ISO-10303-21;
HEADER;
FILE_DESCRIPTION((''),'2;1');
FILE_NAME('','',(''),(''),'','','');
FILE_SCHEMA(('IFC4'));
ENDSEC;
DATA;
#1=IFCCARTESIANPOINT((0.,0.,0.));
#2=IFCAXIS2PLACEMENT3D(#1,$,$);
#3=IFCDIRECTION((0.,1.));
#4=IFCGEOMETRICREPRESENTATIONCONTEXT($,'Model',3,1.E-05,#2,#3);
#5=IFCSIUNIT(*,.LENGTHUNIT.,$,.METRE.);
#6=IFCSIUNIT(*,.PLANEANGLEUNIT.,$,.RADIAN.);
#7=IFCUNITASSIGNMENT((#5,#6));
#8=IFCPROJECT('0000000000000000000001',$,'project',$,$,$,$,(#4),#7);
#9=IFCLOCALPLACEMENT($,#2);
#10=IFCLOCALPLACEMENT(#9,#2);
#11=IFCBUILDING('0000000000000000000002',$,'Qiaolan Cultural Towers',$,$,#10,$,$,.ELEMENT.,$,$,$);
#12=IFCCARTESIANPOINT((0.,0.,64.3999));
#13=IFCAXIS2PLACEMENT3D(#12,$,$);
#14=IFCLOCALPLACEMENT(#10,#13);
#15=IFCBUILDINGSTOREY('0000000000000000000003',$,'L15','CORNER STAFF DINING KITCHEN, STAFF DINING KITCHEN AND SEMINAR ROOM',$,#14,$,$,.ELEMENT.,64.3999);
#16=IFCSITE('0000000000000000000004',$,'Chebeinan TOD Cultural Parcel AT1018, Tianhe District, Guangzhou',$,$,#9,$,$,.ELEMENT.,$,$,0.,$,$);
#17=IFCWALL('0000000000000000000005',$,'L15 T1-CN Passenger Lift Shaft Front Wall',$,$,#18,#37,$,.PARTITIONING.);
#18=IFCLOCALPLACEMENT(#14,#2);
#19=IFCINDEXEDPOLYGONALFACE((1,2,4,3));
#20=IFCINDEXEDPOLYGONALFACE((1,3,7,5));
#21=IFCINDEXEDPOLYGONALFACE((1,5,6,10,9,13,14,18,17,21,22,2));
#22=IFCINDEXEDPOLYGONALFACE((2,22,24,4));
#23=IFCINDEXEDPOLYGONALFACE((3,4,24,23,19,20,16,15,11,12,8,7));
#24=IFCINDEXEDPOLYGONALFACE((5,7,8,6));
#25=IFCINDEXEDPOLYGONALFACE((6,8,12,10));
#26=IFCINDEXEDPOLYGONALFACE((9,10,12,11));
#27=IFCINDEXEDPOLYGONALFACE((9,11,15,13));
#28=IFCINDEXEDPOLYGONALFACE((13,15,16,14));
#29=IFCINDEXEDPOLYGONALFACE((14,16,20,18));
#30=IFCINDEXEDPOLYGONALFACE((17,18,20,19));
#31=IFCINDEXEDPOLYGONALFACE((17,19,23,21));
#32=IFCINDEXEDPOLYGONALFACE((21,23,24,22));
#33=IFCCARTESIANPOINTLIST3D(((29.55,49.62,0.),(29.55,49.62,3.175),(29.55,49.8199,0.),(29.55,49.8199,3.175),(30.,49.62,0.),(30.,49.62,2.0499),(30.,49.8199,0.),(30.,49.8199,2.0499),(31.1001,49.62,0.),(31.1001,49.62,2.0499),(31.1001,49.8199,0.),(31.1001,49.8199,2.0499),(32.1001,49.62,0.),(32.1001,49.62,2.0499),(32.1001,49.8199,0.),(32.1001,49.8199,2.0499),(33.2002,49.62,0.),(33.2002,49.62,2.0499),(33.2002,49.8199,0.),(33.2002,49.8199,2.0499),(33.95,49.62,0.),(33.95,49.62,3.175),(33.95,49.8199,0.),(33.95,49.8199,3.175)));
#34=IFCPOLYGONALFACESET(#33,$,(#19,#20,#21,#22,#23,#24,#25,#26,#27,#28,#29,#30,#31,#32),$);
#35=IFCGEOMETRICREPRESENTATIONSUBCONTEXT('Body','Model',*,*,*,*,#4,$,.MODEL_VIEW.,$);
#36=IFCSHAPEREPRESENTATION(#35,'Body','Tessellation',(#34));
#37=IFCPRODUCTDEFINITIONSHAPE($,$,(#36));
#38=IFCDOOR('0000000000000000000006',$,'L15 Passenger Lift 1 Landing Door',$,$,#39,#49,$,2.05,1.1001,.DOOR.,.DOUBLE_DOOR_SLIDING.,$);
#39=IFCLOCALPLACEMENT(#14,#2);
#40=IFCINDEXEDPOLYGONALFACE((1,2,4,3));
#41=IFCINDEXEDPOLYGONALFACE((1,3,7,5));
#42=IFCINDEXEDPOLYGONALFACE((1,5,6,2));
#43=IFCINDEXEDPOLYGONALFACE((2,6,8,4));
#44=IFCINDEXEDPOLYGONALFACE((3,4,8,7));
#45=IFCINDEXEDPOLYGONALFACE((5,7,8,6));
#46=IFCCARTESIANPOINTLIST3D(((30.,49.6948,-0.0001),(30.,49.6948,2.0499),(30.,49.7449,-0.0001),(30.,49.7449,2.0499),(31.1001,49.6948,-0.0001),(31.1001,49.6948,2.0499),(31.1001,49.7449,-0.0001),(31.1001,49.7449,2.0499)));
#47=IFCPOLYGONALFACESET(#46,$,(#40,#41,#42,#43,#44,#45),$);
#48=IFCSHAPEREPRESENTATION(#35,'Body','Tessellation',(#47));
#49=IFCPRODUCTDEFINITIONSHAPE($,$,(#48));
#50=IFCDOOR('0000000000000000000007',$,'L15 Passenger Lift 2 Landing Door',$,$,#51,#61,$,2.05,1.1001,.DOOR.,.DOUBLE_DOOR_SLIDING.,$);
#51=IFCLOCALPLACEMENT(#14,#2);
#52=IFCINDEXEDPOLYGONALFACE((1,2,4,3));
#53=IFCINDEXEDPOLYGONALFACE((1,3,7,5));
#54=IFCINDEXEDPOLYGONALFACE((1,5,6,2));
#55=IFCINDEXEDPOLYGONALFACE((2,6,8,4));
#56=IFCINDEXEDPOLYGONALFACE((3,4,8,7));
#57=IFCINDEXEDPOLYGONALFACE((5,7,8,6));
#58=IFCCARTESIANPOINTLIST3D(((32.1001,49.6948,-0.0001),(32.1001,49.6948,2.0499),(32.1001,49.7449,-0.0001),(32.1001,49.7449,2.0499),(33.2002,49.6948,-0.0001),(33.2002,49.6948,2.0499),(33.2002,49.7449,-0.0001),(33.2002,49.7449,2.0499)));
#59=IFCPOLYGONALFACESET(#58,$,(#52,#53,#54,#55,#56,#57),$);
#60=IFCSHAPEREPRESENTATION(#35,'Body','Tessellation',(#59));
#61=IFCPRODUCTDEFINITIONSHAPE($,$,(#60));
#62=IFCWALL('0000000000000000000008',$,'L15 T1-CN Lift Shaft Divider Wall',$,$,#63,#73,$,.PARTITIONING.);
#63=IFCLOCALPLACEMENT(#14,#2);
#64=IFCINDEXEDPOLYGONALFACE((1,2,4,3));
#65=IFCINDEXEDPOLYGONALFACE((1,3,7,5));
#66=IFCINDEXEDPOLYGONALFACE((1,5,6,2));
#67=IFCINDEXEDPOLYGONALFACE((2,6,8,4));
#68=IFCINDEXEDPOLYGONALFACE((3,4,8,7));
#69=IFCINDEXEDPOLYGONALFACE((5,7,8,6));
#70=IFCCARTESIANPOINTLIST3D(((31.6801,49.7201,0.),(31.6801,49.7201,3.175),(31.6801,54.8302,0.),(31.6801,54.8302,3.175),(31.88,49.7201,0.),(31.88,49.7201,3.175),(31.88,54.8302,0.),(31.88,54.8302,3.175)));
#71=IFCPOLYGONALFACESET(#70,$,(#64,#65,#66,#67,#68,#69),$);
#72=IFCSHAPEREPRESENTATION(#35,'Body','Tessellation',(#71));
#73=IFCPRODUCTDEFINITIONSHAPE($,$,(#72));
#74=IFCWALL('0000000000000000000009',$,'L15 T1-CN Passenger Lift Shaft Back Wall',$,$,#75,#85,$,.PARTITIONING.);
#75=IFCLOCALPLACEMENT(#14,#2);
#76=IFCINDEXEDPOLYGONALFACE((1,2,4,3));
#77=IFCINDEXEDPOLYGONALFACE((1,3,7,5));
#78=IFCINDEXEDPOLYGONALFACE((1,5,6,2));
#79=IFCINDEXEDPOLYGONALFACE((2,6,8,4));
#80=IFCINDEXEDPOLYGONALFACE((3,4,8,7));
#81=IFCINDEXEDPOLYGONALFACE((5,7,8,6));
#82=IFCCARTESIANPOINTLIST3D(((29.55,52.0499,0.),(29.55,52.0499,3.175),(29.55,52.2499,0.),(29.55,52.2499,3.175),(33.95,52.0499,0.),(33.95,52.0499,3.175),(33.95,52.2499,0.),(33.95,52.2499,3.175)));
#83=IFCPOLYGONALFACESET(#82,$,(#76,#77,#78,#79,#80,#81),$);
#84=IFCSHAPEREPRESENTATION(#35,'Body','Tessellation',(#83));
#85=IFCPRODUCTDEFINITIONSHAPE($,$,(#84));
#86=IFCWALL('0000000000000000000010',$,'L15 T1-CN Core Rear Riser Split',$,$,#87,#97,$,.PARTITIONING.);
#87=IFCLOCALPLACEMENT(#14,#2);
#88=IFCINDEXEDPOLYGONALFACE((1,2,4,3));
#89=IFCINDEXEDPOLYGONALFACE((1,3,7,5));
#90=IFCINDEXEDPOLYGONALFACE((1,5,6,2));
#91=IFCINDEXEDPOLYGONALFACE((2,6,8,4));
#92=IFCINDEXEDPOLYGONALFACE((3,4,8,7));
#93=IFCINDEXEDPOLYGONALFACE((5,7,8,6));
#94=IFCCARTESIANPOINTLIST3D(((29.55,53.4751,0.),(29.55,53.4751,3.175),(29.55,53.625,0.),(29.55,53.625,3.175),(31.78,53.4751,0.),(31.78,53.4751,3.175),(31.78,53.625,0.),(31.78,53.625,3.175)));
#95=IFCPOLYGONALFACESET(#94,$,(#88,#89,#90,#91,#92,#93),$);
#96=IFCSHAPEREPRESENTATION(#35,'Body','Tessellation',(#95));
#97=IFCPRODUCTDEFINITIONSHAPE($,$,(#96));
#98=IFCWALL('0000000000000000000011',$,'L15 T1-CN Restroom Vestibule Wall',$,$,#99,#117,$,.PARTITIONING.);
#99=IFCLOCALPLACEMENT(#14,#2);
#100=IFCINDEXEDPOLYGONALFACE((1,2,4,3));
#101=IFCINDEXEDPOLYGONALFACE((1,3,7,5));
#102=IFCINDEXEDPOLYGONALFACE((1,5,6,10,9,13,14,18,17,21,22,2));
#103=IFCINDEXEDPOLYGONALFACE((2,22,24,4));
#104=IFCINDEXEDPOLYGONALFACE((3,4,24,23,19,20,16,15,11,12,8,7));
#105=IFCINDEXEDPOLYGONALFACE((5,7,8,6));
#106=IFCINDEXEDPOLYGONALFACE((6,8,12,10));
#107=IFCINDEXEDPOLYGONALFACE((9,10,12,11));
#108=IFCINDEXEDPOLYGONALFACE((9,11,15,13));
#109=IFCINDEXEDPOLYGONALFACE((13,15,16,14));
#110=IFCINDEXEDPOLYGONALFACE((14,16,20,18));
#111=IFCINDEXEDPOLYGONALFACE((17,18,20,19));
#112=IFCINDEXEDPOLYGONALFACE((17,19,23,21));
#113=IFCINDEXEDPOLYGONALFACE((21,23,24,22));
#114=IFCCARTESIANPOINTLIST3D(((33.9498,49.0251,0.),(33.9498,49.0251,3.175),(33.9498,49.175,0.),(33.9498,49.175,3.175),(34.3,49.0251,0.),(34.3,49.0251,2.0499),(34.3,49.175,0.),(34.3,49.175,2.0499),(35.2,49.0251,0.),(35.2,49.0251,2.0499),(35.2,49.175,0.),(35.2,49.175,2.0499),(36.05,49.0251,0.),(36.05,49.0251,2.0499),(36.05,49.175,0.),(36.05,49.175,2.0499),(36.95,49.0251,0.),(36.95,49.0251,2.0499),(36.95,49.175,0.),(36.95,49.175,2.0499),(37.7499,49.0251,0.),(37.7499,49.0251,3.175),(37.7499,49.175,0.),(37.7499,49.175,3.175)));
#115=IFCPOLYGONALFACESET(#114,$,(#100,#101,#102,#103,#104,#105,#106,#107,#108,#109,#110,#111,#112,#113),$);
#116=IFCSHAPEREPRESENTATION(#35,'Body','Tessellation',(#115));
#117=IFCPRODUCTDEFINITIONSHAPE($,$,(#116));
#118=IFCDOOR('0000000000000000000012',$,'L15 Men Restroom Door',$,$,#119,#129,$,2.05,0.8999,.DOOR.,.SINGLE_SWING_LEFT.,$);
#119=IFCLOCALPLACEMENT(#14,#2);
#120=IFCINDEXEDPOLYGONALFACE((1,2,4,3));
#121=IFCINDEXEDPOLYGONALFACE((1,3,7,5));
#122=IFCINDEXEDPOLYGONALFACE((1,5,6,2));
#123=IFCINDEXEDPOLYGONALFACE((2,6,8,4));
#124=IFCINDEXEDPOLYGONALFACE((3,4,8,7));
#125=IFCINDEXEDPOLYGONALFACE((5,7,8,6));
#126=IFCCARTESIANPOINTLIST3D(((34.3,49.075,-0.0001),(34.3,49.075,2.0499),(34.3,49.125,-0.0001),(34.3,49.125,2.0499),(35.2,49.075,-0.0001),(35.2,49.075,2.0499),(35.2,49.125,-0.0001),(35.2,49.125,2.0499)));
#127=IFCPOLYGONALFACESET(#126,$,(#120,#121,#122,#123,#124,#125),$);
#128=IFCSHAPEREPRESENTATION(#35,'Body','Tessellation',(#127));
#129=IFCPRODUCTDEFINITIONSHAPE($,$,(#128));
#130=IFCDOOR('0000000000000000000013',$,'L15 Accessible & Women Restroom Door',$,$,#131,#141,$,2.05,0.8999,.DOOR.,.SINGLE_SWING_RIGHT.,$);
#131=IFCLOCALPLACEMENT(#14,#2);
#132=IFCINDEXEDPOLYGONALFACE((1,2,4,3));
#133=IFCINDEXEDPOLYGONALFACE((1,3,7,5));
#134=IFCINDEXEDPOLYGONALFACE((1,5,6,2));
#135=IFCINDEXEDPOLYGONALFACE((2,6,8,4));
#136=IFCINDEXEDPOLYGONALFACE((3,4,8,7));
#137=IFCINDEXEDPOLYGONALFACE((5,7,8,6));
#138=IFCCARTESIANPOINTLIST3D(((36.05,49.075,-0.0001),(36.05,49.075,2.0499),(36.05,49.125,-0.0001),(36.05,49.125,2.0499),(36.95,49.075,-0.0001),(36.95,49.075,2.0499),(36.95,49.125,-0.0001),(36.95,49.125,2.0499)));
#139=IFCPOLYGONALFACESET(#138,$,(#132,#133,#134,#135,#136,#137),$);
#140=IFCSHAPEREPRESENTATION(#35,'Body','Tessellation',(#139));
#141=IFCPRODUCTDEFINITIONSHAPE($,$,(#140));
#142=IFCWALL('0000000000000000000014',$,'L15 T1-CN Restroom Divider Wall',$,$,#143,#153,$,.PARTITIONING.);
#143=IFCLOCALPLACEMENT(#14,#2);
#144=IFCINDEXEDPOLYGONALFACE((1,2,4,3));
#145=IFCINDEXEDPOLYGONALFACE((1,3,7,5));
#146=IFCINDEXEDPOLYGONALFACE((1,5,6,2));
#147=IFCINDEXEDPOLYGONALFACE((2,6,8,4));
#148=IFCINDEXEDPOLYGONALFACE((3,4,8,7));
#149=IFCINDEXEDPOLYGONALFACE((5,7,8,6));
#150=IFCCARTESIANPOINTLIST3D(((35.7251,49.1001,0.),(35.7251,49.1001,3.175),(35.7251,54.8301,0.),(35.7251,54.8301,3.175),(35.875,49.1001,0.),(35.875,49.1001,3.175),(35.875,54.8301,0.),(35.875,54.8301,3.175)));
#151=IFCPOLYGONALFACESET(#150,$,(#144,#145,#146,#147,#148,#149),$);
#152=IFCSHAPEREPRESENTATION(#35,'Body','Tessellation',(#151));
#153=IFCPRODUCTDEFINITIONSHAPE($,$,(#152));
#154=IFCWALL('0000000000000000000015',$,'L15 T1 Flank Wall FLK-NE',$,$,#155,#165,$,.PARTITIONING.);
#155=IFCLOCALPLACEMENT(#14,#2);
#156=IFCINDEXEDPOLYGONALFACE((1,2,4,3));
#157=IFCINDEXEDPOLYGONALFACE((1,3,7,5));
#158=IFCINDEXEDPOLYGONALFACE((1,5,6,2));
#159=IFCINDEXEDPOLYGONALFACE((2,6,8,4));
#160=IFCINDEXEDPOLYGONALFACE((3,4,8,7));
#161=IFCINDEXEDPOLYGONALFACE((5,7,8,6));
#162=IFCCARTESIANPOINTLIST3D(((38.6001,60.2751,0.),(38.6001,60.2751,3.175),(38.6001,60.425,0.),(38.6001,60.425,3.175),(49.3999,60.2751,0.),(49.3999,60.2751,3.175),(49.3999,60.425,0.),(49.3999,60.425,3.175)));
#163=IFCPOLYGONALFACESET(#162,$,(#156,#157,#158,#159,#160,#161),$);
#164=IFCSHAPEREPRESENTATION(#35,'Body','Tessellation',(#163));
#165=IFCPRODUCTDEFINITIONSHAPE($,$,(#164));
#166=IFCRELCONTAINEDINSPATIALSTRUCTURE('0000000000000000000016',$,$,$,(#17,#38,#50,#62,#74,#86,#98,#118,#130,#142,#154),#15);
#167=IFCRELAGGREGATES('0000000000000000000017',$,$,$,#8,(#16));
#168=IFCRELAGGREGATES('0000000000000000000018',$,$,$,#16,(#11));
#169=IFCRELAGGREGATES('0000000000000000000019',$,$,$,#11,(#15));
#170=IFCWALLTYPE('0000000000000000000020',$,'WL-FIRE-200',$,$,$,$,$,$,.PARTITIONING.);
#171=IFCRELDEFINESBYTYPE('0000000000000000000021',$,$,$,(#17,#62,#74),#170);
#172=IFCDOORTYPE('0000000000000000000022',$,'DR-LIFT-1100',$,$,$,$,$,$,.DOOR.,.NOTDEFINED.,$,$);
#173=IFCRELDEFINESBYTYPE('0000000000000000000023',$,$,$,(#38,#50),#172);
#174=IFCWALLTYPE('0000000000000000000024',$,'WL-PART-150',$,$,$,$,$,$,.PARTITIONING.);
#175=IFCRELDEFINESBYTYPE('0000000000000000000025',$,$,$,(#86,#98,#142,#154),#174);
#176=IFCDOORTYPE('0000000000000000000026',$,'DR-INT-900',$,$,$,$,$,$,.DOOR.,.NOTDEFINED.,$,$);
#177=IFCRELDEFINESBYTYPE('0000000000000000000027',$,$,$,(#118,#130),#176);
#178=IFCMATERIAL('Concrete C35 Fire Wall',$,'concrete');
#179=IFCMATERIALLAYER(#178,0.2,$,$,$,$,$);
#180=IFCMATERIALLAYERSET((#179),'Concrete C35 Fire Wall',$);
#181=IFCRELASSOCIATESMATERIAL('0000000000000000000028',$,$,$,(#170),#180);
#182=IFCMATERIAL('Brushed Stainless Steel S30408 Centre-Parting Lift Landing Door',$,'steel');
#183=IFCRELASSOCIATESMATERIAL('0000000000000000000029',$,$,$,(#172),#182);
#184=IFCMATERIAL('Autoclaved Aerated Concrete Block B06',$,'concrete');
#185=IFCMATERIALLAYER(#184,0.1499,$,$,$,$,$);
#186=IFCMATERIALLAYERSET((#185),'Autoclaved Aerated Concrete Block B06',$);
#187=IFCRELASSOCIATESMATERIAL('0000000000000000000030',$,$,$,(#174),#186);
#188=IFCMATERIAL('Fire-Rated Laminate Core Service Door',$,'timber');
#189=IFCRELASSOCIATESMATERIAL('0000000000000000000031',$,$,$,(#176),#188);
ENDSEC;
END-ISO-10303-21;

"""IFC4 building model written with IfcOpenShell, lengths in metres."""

from ifc_helpers import new_model, si_unit, direction, frame, frame_2d, origin, place, context, subcontext, project, spatial, rectangle, extrude, material, layer, layer_set, type_object, element, fill, save


model = new_model("IFC4")

# Units and contexts
model_context = context("Model", 3, precision=1e-05, world=origin(), true_north=direction((0.0, 1.0)))
body_context = subcontext(model_context, "Body", "Model", "MODEL_VIEW")
ifc_project = project(units=[si_unit("LENGTHUNIT", "METRE"), si_unit("PLANEANGLEUNIT", "RADIAN")], contexts=[model_context])

# Site, building, storey
site_placement = place(None, origin())
site = spatial("IfcSite", under=ifc_project, at=site_placement, Name="Chebeinan TOD Cultural Parcel AT1018, Tianhe District, Guangzhou", CompositionType="ELEMENT", RefElevation=0.0)
building_placement = place(site_placement, origin())
building = spatial("IfcBuilding", under=site, at=building_placement, Name="Qiaolan Cultural Towers", CompositionType="ELEMENT")
storey_placement = place(building_placement, frame((0.0, 0.0, 64.3999)))
storey = spatial("IfcBuildingStorey", under=building, at=storey_placement, Name="L15", Description="CORNER STAFF DINING KITCHEN, STAFF DINING KITCHEN AND SEMINAR ROOM", CompositionType="ELEMENT", Elevation=64.3999)

# Shared definitions
ifc_material_1 = material(Name="Concrete C35 Fire Wall", Category="concrete")
ifc_layer_1 = layer(ifc_material_1, 0.2)
ifc_layer_set_1 = layer_set([ifc_layer_1], Name="Concrete C35 Fire Wall")
wall_type_1 = type_object("IfcWallType", Name="WL-FIRE-200", PredefinedType="PARTITIONING", material=ifc_layer_set_1)
ifc_material_2 = material(Name="Brushed Stainless Steel S30408 Centre-Parting Lift Landing Door", Category="steel")
door_type_1 = type_object("IfcDoorType", Name="DR-LIFT-1100", OperationType="NOTDEFINED", PredefinedType="DOOR", material=ifc_material_2)

# Wall, openings, doors
wall_1_placement = place(storey_placement, frame((29.55, 49.72, 0.0), z_axis=(0.0, 0.0, 1.0), x_axis=(1.0, 0.0, 0.0)))
wall_1 = element("IfcWall", 1, at=wall_1_placement, inside=storey, type_object=wall_type_1, Name="L15 T1-CN Passenger Lift Shaft Front Wall", PredefinedType="PARTITIONING", context=body_context, shape_type="SweptSolid", body=[
    extrude(rectangle(XDim=4.3999, YDim=0.2, at=frame_2d((2.2, 0.0))), origin(), (0.0, 0.0, 1.0), 3.175),
])
opening_1_placement = place(wall_1_placement, frame((0.45, 0.0, 0.0)))
opening_1 = element("IfcOpeningElement", 2, at=opening_1_placement, cuts=wall_1, PredefinedType="OPENING", context=body_context, shape_type="SweptSolid", body=[
    extrude(rectangle(XDim=1.1001, YDim=2.05, at=frame_2d((0.55, 1.0249))), frame((0.0, 0.1099, 0.0), z_axis=(0.0, -1.0, 0.0), x_axis=(1.0, 0.0, 0.0)), (0.0, 0.0, 1.0), 0.22),
])
opening_2_placement = place(wall_1_placement, frame((2.55, 0.0, 0.0)))
opening_2 = element("IfcOpeningElement", 3, at=opening_2_placement, cuts=wall_1, PredefinedType="OPENING", context=body_context, shape_type="SweptSolid", body=[
    extrude(rectangle(XDim=1.1001, YDim=2.05, at=frame_2d((0.55, 1.0249))), frame((0.0, 0.1099, 0.0), z_axis=(0.0, -1.0, 0.0), x_axis=(1.0, 0.0, 0.0)), (0.0, 0.0, 1.0), 0.22),
])
door_1_placement = place(opening_1_placement, origin())
door_1 = element("IfcDoor", 4, at=door_1_placement, inside=storey, type_object=door_type_1, Name="L15 Passenger Lift 1 Landing Door", OperationType="DOUBLE_DOOR_SLIDING", OverallHeight=2.05, OverallWidth=1.1001, PredefinedType="DOOR", context=body_context, shape_type="SweptSolid", body=[
    extrude(rectangle(XDim=1.1001, YDim=2.05, at=frame_2d((0.55, 1.0249))), frame((0.0, 0.0249, 0.0), z_axis=(0.0, -1.0, 0.0), x_axis=(1.0, 0.0, 0.0)), (0.0, 0.0, 1.0), 0.05),
])
fill(opening_1, door_1)
door_2_placement = place(opening_2_placement, origin())
door_2 = element("IfcDoor", 5, at=door_2_placement, inside=storey, type_object=door_type_1, Name="L15 Passenger Lift 2 Landing Door", OperationType="DOUBLE_DOOR_SLIDING", OverallHeight=2.05, OverallWidth=1.1001, PredefinedType="DOOR", context=body_context, shape_type="SweptSolid", body=[
    extrude(rectangle(XDim=1.1001, YDim=2.05, at=frame_2d((0.55, 1.0249))), frame((0.0, 0.0249, 0.0), z_axis=(0.0, -1.0, 0.0), x_axis=(1.0, 0.0, 0.0)), (0.0, 0.0, 1.0), 0.05),
])
fill(opening_2, door_2)

# Walls
wall_2_placement = place(storey_placement, frame((31.78, 49.72, 0.0), z_axis=(0.0, 0.0, 1.0), x_axis=(0.0, 1.0, 0.0)))
element("IfcWall", 6, at=wall_2_placement, inside=storey, type_object=wall_type_1, Name="L15 T1-CN Lift Shaft Divider Wall", PredefinedType="PARTITIONING", context=body_context, shape_type="SweptSolid", body=[
    extrude(rectangle(XDim=5.1101, YDim=0.2, at=frame_2d((2.5552, 0.0))), origin(), (0.0, 0.0, 1.0), 3.175),
])
wall_3_placement = place(storey_placement, frame((29.55, 52.1499, 0.0), z_axis=(0.0, 0.0, 1.0), x_axis=(1.0, 0.0, 0.0)))
element("IfcWall", 7, at=wall_3_placement, inside=storey, type_object=wall_type_1, Name="L15 T1-CN Passenger Lift Shaft Back Wall", PredefinedType="PARTITIONING", context=body_context, shape_type="SweptSolid", body=[
    extrude(rectangle(XDim=4.3999, YDim=0.2, at=frame_2d((2.2, 0.0))), origin(), (0.0, 0.0, 1.0), 3.175),
])
ifc_material_3 = material(Name="Autoclaved Aerated Concrete Block B06", Category="concrete")
ifc_layer_2 = layer(ifc_material_3, 0.1499)
ifc_layer_set_2 = layer_set([ifc_layer_2], Name="Autoclaved Aerated Concrete Block B06")
wall_type_2 = type_object("IfcWallType", Name="WL-PART-150", PredefinedType="PARTITIONING", material=ifc_layer_set_2)
wall_4_placement = place(storey_placement, frame((29.55, 53.55, 0.0), z_axis=(0.0, 0.0, 1.0), x_axis=(1.0, 0.0, 0.0)))
element("IfcWall", 8, at=wall_4_placement, inside=storey, type_object=wall_type_2, Name="L15 T1-CN Core Rear Riser Split", PredefinedType="PARTITIONING", context=body_context, shape_type="SweptSolid", body=[
    extrude(rectangle(XDim=2.23, YDim=0.1499, at=frame_2d((1.115, 0.0))), origin(), (0.0, 0.0, 1.0), 3.175),
])

# Wall, openings, doors
wall_5_placement = place(storey_placement, frame((33.95, 49.1001, 0.0), z_axis=(0.0, 0.0, 1.0), x_axis=(1.0, 0.0, 0.0)))
wall_5 = element("IfcWall", 9, at=wall_5_placement, inside=storey, type_object=wall_type_2, Name="L15 T1-CN Restroom Vestibule Wall", PredefinedType="PARTITIONING", context=body_context, shape_type="SweptSolid", body=[
    extrude(rectangle(XDim=3.8, YDim=0.1499, at=frame_2d((1.8999, 0.0))), origin(), (0.0, 0.0, 1.0), 3.175),
])
opening_3_placement = place(wall_5_placement, frame((0.3501, 0.0, 0.0)))
opening_3 = element("IfcOpeningElement", 10, at=opening_3_placement, cuts=wall_5, PredefinedType="OPENING", context=body_context, shape_type="SweptSolid", body=[
    extrude(rectangle(XDim=0.8999, YDim=2.05, at=frame_2d((0.45, 1.0249))), frame((0.0, 0.085, 0.0), z_axis=(0.0, -1.0, 0.0), x_axis=(1.0, 0.0, 0.0)), (0.0, 0.0, 1.0), 0.1699),
])
opening_4_placement = place(wall_5_placement, frame((2.1001, 0.0, 0.0)))
opening_4 = element("IfcOpeningElement", 11, at=opening_4_placement, cuts=wall_5, PredefinedType="OPENING", context=body_context, shape_type="SweptSolid", body=[
    extrude(rectangle(XDim=0.8999, YDim=2.05, at=frame_2d((0.45, 1.0249))), frame((0.0, 0.085, 0.0), z_axis=(0.0, -1.0, 0.0), x_axis=(1.0, 0.0, 0.0)), (0.0, 0.0, 1.0), 0.1699),
])
ifc_material_4 = material(Name="Fire-Rated Laminate Core Service Door", Category="timber")
door_type_2 = type_object("IfcDoorType", Name="DR-INT-900", OperationType="NOTDEFINED", PredefinedType="DOOR", material=ifc_material_4)
door_3_placement = place(opening_3_placement, origin())
door_3 = element("IfcDoor", 12, at=door_3_placement, inside=storey, type_object=door_type_2, Name="L15 Men Restroom Door", OperationType="SINGLE_SWING_LEFT", OverallHeight=2.05, OverallWidth=0.8999, PredefinedType="DOOR", context=body_context, shape_type="SweptSolid", body=[
    extrude(rectangle(XDim=0.8999, YDim=2.05, at=frame_2d((0.45, 1.0249))), frame((0.0, 0.0249, 0.0), z_axis=(0.0, -1.0, 0.0), x_axis=(1.0, 0.0, 0.0)), (0.0, 0.0, 1.0), 0.05),
])
fill(opening_3, door_3)
door_4_placement = place(opening_4_placement, origin())
door_4 = element("IfcDoor", 13, at=door_4_placement, inside=storey, type_object=door_type_2, Name="L15 Accessible & Women Restroom Door", OperationType="SINGLE_SWING_RIGHT", OverallHeight=2.05, OverallWidth=0.8999, PredefinedType="DOOR", context=body_context, shape_type="SweptSolid", body=[
    extrude(rectangle(XDim=0.8999, YDim=2.05, at=frame_2d((0.45, 1.0249))), frame((0.0, 0.0249, 0.0), z_axis=(0.0, -1.0, 0.0), x_axis=(1.0, 0.0, 0.0)), (0.0, 0.0, 1.0), 0.05),
])
fill(opening_4, door_4)

# Walls
wall_6_placement = place(storey_placement, frame((35.8, 49.1001, 0.0), z_axis=(0.0, 0.0, 1.0), x_axis=(0.0, 1.0, 0.0)))
element("IfcWall", 14, at=wall_6_placement, inside=storey, type_object=wall_type_2, Name="L15 T1-CN Restroom Divider Wall", PredefinedType="PARTITIONING", context=body_context, shape_type="SweptSolid", body=[
    extrude(rectangle(XDim=5.73, YDim=0.1499, at=frame_2d((2.865, 0.0))), origin(), (0.0, 0.0, 1.0), 3.175),
])
wall_7_placement = place(storey_placement, frame((38.6001, 60.3501, 0.0), z_axis=(0.0, 0.0, 1.0), x_axis=(1.0, 0.0, 0.0)))
element("IfcWall", 15, at=wall_7_placement, inside=storey, type_object=wall_type_2, Name="L15 T1 Flank Wall FLK-NE", PredefinedType="PARTITIONING", context=body_context, shape_type="SweptSolid", body=[
    extrude(rectangle(XDim=10.7998, YDim=0.1499, at=frame_2d((5.3999, 0.0))), origin(), (0.0, 0.0, 1.0), 3.175),
])

save(model, "model.ifc")
